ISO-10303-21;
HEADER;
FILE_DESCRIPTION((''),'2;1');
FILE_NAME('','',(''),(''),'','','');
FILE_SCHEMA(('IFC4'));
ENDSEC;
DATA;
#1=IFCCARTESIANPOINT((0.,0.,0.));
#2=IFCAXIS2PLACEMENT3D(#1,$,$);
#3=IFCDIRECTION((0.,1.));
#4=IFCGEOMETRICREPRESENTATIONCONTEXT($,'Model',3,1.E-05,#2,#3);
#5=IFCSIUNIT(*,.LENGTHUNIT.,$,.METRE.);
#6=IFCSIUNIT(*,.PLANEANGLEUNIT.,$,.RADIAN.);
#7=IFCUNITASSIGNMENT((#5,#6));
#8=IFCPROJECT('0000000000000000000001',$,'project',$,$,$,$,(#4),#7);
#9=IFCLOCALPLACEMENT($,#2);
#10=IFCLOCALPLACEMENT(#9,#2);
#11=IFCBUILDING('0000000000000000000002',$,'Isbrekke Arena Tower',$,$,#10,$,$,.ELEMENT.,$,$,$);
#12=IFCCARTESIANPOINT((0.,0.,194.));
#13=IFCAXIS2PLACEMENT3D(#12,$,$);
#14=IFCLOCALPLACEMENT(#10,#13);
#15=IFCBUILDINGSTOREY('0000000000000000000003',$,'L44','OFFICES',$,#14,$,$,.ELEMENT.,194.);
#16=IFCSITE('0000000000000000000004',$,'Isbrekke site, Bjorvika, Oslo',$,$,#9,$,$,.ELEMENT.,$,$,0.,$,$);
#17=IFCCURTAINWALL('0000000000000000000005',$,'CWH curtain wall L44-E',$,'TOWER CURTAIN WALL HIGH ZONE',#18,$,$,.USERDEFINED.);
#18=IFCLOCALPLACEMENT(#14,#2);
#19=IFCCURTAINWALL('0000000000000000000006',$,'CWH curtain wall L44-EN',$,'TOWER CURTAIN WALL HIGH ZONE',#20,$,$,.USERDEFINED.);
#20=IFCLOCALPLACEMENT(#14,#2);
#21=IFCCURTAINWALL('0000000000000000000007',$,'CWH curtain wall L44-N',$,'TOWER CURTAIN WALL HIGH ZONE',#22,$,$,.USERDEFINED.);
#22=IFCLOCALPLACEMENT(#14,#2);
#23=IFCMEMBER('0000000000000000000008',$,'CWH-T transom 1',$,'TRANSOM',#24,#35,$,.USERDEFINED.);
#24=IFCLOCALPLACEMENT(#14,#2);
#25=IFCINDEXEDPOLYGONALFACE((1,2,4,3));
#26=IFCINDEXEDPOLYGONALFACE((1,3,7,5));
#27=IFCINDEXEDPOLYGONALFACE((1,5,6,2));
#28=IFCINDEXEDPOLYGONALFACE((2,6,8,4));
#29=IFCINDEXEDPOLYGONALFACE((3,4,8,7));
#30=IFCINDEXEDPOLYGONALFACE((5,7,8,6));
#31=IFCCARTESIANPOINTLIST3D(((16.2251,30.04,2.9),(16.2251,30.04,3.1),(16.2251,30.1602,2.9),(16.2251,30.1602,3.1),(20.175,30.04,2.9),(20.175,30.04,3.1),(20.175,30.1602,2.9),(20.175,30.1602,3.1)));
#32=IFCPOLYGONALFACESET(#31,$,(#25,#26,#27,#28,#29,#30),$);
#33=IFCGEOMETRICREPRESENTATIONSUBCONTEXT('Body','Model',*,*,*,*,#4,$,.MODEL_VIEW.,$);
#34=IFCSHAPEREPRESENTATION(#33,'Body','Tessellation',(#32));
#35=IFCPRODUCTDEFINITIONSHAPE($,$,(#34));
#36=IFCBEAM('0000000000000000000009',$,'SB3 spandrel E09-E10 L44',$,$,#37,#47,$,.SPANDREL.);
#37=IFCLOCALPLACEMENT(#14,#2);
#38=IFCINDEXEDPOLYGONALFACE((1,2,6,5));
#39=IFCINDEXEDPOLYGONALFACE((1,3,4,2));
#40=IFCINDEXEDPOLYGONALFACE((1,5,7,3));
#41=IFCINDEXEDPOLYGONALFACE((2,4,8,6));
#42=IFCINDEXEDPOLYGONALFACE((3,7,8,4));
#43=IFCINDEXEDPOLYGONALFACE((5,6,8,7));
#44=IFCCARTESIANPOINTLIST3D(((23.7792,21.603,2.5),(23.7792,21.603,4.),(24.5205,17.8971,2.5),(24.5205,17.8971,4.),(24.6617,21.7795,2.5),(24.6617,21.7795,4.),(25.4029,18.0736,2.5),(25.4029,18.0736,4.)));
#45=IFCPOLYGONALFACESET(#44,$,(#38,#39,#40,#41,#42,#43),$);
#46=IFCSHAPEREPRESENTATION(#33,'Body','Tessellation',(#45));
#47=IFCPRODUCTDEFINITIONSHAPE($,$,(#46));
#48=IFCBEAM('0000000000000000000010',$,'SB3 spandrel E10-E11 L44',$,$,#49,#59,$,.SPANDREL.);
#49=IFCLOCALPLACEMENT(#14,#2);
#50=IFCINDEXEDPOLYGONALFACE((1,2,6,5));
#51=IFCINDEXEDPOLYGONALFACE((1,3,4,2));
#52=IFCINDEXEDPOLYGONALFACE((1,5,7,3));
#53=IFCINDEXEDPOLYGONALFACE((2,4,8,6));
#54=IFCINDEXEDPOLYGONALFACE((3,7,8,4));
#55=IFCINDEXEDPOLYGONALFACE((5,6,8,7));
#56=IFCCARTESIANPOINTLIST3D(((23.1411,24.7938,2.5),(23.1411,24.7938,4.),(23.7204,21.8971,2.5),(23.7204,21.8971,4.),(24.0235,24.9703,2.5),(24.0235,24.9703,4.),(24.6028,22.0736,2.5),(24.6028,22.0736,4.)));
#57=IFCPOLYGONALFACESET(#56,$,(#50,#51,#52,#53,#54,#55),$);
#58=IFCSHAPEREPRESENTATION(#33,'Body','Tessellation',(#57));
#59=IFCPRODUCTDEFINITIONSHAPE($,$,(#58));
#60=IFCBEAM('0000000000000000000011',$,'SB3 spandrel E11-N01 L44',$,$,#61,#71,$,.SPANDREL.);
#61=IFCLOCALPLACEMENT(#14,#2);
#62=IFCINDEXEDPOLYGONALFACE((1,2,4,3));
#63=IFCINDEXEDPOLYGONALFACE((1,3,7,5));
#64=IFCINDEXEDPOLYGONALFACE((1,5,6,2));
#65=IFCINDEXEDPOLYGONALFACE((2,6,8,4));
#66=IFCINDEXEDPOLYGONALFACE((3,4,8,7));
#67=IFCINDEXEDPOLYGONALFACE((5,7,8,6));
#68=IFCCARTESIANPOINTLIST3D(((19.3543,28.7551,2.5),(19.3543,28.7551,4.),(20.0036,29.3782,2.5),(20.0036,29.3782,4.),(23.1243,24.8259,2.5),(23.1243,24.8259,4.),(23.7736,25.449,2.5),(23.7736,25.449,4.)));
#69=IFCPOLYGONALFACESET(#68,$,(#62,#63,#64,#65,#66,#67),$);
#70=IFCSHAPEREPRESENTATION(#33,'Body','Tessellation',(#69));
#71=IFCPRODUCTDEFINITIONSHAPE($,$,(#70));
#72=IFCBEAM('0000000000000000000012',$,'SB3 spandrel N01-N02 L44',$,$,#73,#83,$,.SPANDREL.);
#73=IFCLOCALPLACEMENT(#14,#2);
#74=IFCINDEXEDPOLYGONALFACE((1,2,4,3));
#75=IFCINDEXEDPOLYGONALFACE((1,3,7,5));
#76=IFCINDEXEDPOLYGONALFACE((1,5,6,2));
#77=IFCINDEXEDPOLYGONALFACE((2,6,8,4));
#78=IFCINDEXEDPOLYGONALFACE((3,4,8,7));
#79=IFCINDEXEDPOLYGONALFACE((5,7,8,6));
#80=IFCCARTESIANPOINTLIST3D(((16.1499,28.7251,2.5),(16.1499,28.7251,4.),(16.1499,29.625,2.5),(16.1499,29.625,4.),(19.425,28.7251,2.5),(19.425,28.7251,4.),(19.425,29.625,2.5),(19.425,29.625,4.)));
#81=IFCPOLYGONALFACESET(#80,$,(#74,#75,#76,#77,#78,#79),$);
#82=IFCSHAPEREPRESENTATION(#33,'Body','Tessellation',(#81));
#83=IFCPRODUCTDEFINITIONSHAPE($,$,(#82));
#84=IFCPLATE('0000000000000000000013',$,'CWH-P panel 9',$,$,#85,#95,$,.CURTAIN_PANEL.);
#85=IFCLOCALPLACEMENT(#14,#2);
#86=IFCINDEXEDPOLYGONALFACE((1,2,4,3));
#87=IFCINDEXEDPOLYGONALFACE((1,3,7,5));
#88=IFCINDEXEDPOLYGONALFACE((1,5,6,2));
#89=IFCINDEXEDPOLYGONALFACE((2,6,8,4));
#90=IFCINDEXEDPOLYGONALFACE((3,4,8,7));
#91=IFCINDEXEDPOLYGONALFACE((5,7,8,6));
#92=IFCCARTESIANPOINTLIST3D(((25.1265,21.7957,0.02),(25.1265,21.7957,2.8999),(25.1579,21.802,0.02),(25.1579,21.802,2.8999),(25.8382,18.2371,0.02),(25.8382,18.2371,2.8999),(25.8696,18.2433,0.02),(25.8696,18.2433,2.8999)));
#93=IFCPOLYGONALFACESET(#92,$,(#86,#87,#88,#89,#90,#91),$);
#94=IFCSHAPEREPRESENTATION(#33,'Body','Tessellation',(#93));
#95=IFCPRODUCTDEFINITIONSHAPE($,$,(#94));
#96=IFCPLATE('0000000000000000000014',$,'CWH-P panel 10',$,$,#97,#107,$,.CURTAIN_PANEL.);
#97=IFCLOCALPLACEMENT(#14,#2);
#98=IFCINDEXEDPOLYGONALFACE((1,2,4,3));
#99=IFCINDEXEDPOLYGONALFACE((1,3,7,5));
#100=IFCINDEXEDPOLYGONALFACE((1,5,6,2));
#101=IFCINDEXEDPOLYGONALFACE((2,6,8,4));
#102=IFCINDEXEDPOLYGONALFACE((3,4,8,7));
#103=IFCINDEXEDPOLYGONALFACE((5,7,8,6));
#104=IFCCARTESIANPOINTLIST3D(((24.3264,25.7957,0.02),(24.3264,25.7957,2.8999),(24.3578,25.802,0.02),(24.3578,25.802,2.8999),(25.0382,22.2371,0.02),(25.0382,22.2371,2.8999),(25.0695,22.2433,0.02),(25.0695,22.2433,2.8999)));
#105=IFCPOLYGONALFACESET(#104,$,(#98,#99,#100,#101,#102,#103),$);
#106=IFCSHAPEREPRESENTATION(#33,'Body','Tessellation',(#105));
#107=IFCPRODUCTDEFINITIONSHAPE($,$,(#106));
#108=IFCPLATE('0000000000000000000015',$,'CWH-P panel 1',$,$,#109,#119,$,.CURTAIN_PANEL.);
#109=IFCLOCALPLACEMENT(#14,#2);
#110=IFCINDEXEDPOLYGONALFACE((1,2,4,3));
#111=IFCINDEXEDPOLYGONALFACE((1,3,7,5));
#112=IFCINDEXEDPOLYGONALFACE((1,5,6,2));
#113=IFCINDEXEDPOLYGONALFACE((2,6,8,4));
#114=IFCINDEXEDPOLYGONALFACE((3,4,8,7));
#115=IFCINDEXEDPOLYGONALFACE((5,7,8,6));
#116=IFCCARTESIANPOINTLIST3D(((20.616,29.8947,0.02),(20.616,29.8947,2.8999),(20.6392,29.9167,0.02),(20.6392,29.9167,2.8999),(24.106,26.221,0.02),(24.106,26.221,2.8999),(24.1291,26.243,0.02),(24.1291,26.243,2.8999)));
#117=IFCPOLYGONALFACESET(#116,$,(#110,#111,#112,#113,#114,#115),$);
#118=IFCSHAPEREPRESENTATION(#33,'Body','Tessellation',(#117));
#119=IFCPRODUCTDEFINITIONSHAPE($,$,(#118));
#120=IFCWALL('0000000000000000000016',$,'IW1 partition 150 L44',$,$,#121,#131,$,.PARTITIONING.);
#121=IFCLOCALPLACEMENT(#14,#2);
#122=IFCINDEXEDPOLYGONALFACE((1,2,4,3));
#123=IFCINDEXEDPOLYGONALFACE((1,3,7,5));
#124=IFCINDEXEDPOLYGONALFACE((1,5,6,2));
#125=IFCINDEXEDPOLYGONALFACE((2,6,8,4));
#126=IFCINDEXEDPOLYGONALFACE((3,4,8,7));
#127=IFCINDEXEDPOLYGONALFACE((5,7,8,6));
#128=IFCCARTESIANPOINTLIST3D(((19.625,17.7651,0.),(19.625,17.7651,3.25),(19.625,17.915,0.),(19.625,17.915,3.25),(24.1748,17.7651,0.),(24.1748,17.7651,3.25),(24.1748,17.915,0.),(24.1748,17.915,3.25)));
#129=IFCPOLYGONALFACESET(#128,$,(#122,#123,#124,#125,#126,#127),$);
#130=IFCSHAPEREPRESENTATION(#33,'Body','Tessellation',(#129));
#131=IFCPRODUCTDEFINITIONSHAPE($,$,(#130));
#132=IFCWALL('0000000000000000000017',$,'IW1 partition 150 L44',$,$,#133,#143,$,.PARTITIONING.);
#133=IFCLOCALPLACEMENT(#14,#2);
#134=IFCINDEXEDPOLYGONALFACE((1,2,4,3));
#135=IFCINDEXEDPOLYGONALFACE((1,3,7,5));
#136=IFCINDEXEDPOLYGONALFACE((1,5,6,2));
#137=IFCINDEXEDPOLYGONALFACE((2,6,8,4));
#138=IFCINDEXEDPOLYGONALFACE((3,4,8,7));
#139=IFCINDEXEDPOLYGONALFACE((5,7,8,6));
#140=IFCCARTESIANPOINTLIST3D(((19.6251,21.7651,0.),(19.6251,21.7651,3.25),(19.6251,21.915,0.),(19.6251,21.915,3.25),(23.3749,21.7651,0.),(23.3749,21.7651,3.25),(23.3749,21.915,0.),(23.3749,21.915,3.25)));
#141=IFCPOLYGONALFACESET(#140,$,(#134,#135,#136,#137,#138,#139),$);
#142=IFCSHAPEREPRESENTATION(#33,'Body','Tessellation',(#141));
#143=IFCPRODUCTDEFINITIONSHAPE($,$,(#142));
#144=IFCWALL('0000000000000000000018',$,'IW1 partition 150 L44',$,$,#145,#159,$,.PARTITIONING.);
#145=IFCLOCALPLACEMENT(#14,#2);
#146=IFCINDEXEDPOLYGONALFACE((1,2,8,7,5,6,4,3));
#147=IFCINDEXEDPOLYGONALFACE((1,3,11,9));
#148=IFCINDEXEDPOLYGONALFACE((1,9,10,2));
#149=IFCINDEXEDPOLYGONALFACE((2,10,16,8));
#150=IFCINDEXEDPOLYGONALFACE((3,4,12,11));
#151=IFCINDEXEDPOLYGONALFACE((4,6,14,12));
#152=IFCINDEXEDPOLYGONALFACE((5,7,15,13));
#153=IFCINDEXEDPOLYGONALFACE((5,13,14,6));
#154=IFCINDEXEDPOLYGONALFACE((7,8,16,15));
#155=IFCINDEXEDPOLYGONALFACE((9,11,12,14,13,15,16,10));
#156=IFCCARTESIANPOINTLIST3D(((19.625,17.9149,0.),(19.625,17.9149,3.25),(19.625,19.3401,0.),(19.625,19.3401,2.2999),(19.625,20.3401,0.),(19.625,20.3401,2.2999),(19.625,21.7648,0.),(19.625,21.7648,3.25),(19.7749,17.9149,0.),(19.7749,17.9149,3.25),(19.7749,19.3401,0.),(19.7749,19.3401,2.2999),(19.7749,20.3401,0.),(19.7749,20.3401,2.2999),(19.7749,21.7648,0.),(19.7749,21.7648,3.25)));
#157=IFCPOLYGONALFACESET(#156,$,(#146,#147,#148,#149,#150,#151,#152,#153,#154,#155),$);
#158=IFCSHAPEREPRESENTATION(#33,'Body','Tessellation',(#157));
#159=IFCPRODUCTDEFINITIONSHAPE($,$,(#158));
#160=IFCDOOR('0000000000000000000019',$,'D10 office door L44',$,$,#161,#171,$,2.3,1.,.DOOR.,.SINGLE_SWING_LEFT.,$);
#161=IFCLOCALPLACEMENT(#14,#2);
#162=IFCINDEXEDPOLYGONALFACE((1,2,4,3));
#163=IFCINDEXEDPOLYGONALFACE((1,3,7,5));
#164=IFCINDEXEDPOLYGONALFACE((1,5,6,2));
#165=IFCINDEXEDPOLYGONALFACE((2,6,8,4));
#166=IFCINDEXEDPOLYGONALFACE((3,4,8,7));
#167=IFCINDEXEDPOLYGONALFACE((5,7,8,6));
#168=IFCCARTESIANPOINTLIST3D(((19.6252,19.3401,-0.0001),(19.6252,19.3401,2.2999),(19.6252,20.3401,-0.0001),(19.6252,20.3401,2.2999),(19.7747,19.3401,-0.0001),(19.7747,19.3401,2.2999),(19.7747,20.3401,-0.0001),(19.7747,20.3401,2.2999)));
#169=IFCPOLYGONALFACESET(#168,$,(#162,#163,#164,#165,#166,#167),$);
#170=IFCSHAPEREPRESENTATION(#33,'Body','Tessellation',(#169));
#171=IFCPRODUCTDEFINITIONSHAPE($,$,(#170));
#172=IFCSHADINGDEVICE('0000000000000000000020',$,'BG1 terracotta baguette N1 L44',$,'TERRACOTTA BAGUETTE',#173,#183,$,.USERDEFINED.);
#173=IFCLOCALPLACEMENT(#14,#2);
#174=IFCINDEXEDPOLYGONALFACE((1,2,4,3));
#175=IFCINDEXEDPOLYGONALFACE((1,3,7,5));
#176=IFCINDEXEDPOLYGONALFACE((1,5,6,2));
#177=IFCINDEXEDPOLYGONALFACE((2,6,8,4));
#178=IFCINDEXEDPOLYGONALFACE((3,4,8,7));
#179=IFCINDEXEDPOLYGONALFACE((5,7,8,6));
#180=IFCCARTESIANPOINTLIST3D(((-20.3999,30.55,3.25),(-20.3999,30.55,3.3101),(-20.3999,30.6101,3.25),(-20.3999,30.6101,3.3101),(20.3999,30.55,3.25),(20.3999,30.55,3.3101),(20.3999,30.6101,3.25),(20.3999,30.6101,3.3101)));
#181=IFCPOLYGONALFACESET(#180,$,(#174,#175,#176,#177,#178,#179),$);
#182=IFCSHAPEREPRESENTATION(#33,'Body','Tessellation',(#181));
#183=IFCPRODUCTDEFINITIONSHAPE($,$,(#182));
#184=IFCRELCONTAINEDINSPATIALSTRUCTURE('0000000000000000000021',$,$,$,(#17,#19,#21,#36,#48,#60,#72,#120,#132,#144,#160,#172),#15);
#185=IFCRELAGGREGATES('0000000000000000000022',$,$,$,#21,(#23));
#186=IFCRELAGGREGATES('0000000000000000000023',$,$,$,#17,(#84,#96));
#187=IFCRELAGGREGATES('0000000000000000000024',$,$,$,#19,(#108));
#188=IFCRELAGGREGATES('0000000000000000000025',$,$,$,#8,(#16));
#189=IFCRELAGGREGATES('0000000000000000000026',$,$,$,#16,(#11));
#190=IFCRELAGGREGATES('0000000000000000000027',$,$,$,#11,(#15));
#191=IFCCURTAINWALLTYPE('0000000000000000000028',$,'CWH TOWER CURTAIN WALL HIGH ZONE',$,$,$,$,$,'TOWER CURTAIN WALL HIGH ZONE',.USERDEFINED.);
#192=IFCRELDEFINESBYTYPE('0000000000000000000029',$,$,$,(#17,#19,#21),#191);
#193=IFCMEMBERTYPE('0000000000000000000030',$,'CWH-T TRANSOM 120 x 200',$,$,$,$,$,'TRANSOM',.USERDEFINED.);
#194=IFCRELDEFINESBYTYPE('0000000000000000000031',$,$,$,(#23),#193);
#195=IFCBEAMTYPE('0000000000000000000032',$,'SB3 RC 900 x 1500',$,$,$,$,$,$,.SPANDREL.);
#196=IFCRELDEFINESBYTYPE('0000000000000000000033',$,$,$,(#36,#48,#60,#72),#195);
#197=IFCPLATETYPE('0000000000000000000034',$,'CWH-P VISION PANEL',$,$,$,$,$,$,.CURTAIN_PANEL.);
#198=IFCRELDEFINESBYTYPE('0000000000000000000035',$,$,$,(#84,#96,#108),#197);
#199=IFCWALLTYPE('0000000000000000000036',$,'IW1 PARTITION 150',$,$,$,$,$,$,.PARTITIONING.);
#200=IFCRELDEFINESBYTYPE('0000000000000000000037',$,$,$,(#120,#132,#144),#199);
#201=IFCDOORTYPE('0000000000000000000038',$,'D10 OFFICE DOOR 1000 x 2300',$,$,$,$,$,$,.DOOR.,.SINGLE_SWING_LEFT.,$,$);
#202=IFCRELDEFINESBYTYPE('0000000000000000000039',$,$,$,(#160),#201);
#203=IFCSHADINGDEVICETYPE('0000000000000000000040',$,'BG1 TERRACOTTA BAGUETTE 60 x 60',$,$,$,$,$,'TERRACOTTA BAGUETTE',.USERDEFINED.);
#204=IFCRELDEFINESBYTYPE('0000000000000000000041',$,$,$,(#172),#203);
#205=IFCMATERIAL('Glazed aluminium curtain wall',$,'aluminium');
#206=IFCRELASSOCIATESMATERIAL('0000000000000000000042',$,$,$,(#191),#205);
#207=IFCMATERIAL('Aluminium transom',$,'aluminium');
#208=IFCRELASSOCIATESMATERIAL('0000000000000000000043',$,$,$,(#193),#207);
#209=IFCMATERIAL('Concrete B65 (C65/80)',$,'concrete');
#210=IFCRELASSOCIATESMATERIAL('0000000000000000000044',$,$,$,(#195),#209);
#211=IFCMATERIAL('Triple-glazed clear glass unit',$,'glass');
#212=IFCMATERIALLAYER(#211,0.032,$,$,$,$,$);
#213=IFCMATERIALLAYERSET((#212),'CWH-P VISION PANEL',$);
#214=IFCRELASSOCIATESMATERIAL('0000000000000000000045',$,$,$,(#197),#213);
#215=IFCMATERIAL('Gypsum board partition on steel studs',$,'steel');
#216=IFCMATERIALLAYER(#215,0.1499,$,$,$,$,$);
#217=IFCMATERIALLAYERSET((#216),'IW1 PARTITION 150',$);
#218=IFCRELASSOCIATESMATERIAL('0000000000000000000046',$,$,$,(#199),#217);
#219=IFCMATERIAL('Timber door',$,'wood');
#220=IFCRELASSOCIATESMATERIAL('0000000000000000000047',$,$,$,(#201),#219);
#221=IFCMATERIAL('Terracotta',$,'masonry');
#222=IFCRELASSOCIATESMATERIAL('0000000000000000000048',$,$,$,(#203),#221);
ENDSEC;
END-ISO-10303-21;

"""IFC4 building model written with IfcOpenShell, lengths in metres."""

from ifc_helpers import new_model, si_unit, direction, frame, frame_2d, origin, origin_2d, place, context, subcontext, project, spatial, rectangle, extrude, material, layer, layer_set, material_profile, profile_set, type_object, element, fill, aggregate, save


model = new_model("IFC4")

# Units and contexts
model_context = context("Model", 3, precision=1e-05, world=origin(), true_north=direction((0.0, 1.0)))
body_context = subcontext(model_context, "Body", "Model", "MODEL_VIEW")
ifc_project = project(units=[si_unit("LENGTHUNIT", "METRE"), si_unit("PLANEANGLEUNIT", "RADIAN")], contexts=[model_context])

# Site, building, storey
site_placement = place(None, origin())
site = spatial("IfcSite", under=ifc_project, at=site_placement, Name="Isbrekke site, Bjorvika, Oslo", CompositionType="ELEMENT", RefElevation=0.0)
building_placement = place(site_placement, origin())
building = spatial("IfcBuilding", under=site, at=building_placement, Name="Isbrekke Arena Tower", CompositionType="ELEMENT")
storey_placement = place(building_placement, frame((0.0, 0.0, 194.0)))
storey = spatial("IfcBuildingStorey", under=building, at=storey_placement, Name="L44", Description="OFFICES", CompositionType="ELEMENT", Elevation=194.0)

# Curtain wall
ifc_material_1 = material(Name="Glazed aluminium curtain wall", Category="aluminium")
curtain_wall_type = type_object("IfcCurtainWallType", Name="CWH TOWER CURTAIN WALL HIGH ZONE", ElementType="TOWER CURTAIN WALL HIGH ZONE", PredefinedType="USERDEFINED", material=ifc_material_1)
curtain_wall_1_placement = place(storey_placement, origin())
curtain_wall_1 = element("IfcCurtainWall", 1, at=curtain_wall_1_placement, inside=storey, type_object=curtain_wall_type, Name="CWH curtain wall L44-E", ObjectType="TOWER CURTAIN WALL HIGH ZONE", PredefinedType="USERDEFINED")

# Curtain wall
curtain_wall_2_placement = place(storey_placement, origin())
curtain_wall_2 = element("IfcCurtainWall", 2, at=curtain_wall_2_placement, inside=storey, type_object=curtain_wall_type, Name="CWH curtain wall L44-EN", ObjectType="TOWER CURTAIN WALL HIGH ZONE", PredefinedType="USERDEFINED")

# Shared definitions
ifc_material_2 = material(Name="Aluminium transom", Category="aluminium")
ifc_material_profile_1 = material_profile(ifc_material_2, rectangle(XDim=0.1201, YDim=0.2, at=origin_2d()), Name="TRANSOM 120X200")
ifc_profile_set_1 = profile_set([ifc_material_profile_1], Name="Aluminium transom")
member_type_1 = type_object("IfcMemberType", Name="CWH-T TRANSOM 120 x 200", ElementType="TRANSOM", PredefinedType="USERDEFINED", material=ifc_profile_set_1)

# Curtain wall, member
curtain_wall_3_placement = place(storey_placement, origin())
curtain_wall_3 = element("IfcCurtainWall", 3, at=curtain_wall_3_placement, inside=storey, type_object=curtain_wall_type, Name="CWH curtain wall L44-N", ObjectType="TOWER CURTAIN WALL HIGH ZONE", PredefinedType="USERDEFINED")
member_1_placement = place(storey_placement, frame((20.175, 30.1001, 3.0), z_axis=(-1.0, 0.0, 0.0), x_axis=(0.0, -1.0, 0.0)))
member_1 = element("IfcMember", 4, at=member_1_placement, type_object=member_type_1, Name="CWH-T transom 1", ObjectType="TRANSOM", PredefinedType="USERDEFINED", context=body_context, shape_type="SweptSolid", body=[
    extrude(rectangle(XDim=0.1201, YDim=0.2, at=origin_2d()), origin(), (0.0, 0.0, 1.0), 3.95),
])
aggregate(curtain_wall_3, [member_1])

# Beams
ifc_material_3 = material(Name="Concrete B65 (C65/80)", Category="concrete")
ifc_material_profile_2 = material_profile(ifc_material_3, rectangle(XDim=0.8999, YDim=1.5, at=origin_2d()), Name="RC 900x1500")
ifc_profile_set_2 = profile_set([ifc_material_profile_2], Name="Concrete B65 (C65/80)")
beam_type_1 = type_object("IfcBeamType", Name="SB3 RC 900 x 1500", PredefinedType="SPANDREL", material=ifc_profile_set_2)
beam_1_placement = place(storey_placement, frame((24.9617, 17.9854, 3.25), z_axis=(-0.196129, 0.980578, 0.0), x_axis=(-0.980578, -0.196129, 0.0)))
element("IfcBeam", 5, at=beam_1_placement, inside=storey, type_object=beam_type_1, Name="SB3 spandrel E09-E10 L44", PredefinedType="SPANDREL", context=body_context, shape_type="SweptSolid", body=[
    extrude(rectangle(XDim=0.8999, YDim=1.5, at=origin_2d()), origin(), (0.0, 0.0, 1.0), 3.7793),
])
beam_2_placement = place(storey_placement, frame((24.1616, 21.9854, 3.25), z_axis=(-0.196116, 0.980581, 0.0), x_axis=(-0.980581, -0.196116, 0.0)))
element("IfcBeam", 6, at=beam_2_placement, inside=storey, type_object=beam_type_1, Name="SB3 spandrel E10-E11 L44", PredefinedType="SPANDREL", context=body_context, shape_type="SweptSolid", body=[
    extrude(rectangle(XDim=0.8999, YDim=1.5, at=origin_2d()), origin(), (0.0, 0.0, 1.0), 2.9541),
])
beam_3_placement = place(storey_placement, frame((23.449, 25.1375, 3.25), z_axis=(-0.69234, 0.721572, 0.0), x_axis=(-0.721572, -0.69234, 0.0)))
element("IfcBeam", 7, at=beam_3_placement, inside=storey, type_object=beam_type_1, Name="SB3 spandrel E11-N01 L44", PredefinedType="SPANDREL", context=body_context, shape_type="SweptSolid", body=[
    extrude(rectangle(XDim=0.8999, YDim=1.5, at=origin_2d()), origin(), (0.0, 0.0, 1.0), 5.4453),
])
beam_4_placement = place(storey_placement, frame((19.425, 29.175, 3.25), z_axis=(-1.0, 0.0, 0.0), x_axis=(0.0, -1.0, 0.0)))
element("IfcBeam", 8, at=beam_4_placement, inside=storey, type_object=beam_type_1, Name="SB3 spandrel N01-N02 L44", PredefinedType="SPANDREL", context=body_context, shape_type="SweptSolid", body=[
    extrude(rectangle(XDim=0.8999, YDim=1.5, at=origin_2d()), origin(), (0.0, 0.0, 1.0), 3.2751),
])

# Plates
ifc_material_4 = material(Name="Triple-glazed clear glass unit", Category="glass")
ifc_layer_1 = layer(ifc_material_4, 0.032)
ifc_layer_set_1 = layer_set([ifc_layer_1], Name="CWH-P VISION PANEL")
plate_type = type_object("IfcPlateType", Name="CWH-P VISION PANEL", PredefinedType="CURTAIN_PANEL", material=ifc_layer_set_1)
plate_1_placement = place(storey_placement, frame((25.498, 20.0195, 0.02), z_axis=(0.0, 0.0, 1.0), x_axis=(-0.196116, 0.980581, 0.0)))
plate_1 = element("IfcPlate", 9, at=plate_1_placement, type_object=plate_type, Name="CWH-P panel 9", PredefinedType="CURTAIN_PANEL", context=body_context, shape_type="SweptSolid", body=[
    extrude(rectangle(XDim=3.6292, YDim=0.032, at=origin_2d()), origin(), (0.0, 0.0, 1.0), 2.8799),
])
plate_2_placement = place(storey_placement, frame((24.698, 24.0195, 0.02), z_axis=(0.0, 0.0, 1.0), x_axis=(-0.196116, 0.980581, 0.0)))
plate_2 = element("IfcPlate", 10, at=plate_2_placement, type_object=plate_type, Name="CWH-P panel 10", PredefinedType="CURTAIN_PANEL", context=body_context, shape_type="SweptSolid", body=[
    extrude(rectangle(XDim=3.6292, YDim=0.032, at=origin_2d()), origin(), (0.0, 0.0, 1.0), 2.8799),
])
aggregate(curtain_wall_1, [plate_1, plate_2])
plate_3_placement = place(storey_placement, frame((22.3726, 28.0688, 0.02), z_axis=(0.0, 0.0, 1.0), x_axis=(-0.688749, 0.724999, 0.0)))
plate_3 = element("IfcPlate", 11, at=plate_3_placement, type_object=plate_type, Name="CWH-P panel 1", PredefinedType="CURTAIN_PANEL", context=body_context, shape_type="SweptSolid", body=[
    extrude(rectangle(XDim=5.0671, YDim=0.032, at=origin_2d()), origin(), (0.0, 0.0, 1.0), 2.8799),
])
aggregate(curtain_wall_2, [plate_3])

# Walls
ifc_material_5 = material(Name="Gypsum board partition on steel studs", Category="steel")
ifc_layer_2 = layer(ifc_material_5, 0.1499)
ifc_layer_set_2 = layer_set([ifc_layer_2], Name="IW1 PARTITION 150")
wall_type = type_object("IfcWallType", Name="IW1 PARTITION 150", PredefinedType="PARTITIONING", material=ifc_layer_set_2)
wall_1_placement = place(storey_placement, frame((19.625, 17.8401, 0.0), z_axis=(0.0, 0.0, 1.0), x_axis=(1.0, 0.0, 0.0)))
element("IfcWall", 12, at=wall_1_placement, inside=storey, type_object=wall_type, Name="IW1 partition 150 L44", PredefinedType="PARTITIONING", context=body_context, shape_type="SweptSolid", body=[
    extrude(rectangle(XDim=4.5498, YDim=0.1499, at=frame_2d((2.2749, 0.0))), origin(), (0.0, 0.0, 1.0), 3.25),
])
wall_2_placement = place(storey_placement, frame((19.625, 21.8401, 0.0), z_axis=(0.0, 0.0, 1.0), x_axis=(1.0, 0.0, 0.0)))
element("IfcWall", 13, at=wall_2_placement, inside=storey, type_object=wall_type, Name="IW1 partition 150 L44", PredefinedType="PARTITIONING", context=body_context, shape_type="SweptSolid", body=[
    extrude(rectangle(XDim=3.7498, YDim=0.1499, at=frame_2d((1.875, 0.0))), origin(), (0.0, 0.0, 1.0), 3.25),
])

# Wall, opening, door
wall_3_placement = place(storey_placement, frame((19.7, 17.915, 0.0), z_axis=(0.0, 0.0, 1.0), x_axis=(0.0, 1.0, 0.0)))
wall_3 = element("IfcWall", 14, at=wall_3_placement, inside=storey, type_object=wall_type, Name="IW1 partition 150 L44", PredefinedType="PARTITIONING", context=body_context, shape_type="SweptSolid", body=[
    extrude(rectangle(XDim=3.8499, YDim=0.1499, at=frame_2d((1.9248, 0.0))), origin(), (0.0, 0.0, 1.0), 3.25),
])
opening_placement = place(wall_3_placement, frame((1.425, 0.0, 0.0)))
opening = element("IfcOpeningElement", 15, at=opening_placement, cuts=wall_3, PredefinedType="OPENING", context=body_context, shape_type="SweptSolid", body=[
    extrude(rectangle(XDim=1.0, YDim=2.3, at=frame_2d((0.5, 1.1499))), frame((0.0, 0.0898, 0.0), z_axis=(0.0, -1.0, 0.0), x_axis=(1.0, 0.0, 0.0)), (0.0, 0.0, 1.0), 0.1797),
])
ifc_material_6 = material(Name="Timber door", Category="wood")
door_type = type_object("IfcDoorType", Name="D10 OFFICE DOOR 1000 x 2300", OperationType="SINGLE_SWING_LEFT", PredefinedType="DOOR", material=ifc_material_6)
door_placement = place(opening_placement, origin())
door = element("IfcDoor", 16, at=door_placement, inside=storey, type_object=door_type, Name="D10 office door L44", OperationType="SINGLE_SWING_LEFT", OverallHeight=2.3, OverallWidth=1.0, PredefinedType="DOOR", context=body_context, shape_type="SweptSolid", body=[
    extrude(rectangle(XDim=1.0, YDim=2.3, at=frame_2d((0.5, 1.1499))), frame((0.0, 0.0747, 0.0), z_axis=(0.0, -1.0, 0.0), x_axis=(1.0, 0.0, 0.0)), (0.0, 0.0, 1.0), 0.1494),
])
fill(opening, door)

# Shading device
ifc_material_7 = material(Name="Terracotta", Category="masonry")
ifc_material_profile_3 = material_profile(ifc_material_7, rectangle(XDim=0.0601, YDim=0.0601, at=origin_2d()), Name="BAGUETTE 60X60")
ifc_profile_set_3 = profile_set([ifc_material_profile_3], Name="Terracotta")
shading_device_type = type_object("IfcShadingDeviceType", Name="BG1 TERRACOTTA BAGUETTE 60 x 60", ElementType="TERRACOTTA BAGUETTE", PredefinedType="USERDEFINED", material=ifc_profile_set_3)
for number, where, z_axis, x_axis, name in (
    (17, (20.3999, 30.5801, 3.28), (-1.0, 0.0, 0.0), (0.0, -1.0, 0.0), "BG1 terracotta baguette N1 L44"),
):
    element("IfcShadingDevice", number, at=place(storey_placement, frame(where, z_axis=z_axis, x_axis=x_axis)), inside=storey, type_object=shading_device_type, Name=name, ObjectType="TERRACOTTA BAGUETTE", PredefinedType="USERDEFINED", context=body_context, shape_type="SweptSolid", body=[
        extrude(rectangle(XDim=0.0601, YDim=0.0601, at=origin_2d()), origin(), (0.0, 0.0, 1.0), 40.7998),
    ])

save(model, "model.ifc")
